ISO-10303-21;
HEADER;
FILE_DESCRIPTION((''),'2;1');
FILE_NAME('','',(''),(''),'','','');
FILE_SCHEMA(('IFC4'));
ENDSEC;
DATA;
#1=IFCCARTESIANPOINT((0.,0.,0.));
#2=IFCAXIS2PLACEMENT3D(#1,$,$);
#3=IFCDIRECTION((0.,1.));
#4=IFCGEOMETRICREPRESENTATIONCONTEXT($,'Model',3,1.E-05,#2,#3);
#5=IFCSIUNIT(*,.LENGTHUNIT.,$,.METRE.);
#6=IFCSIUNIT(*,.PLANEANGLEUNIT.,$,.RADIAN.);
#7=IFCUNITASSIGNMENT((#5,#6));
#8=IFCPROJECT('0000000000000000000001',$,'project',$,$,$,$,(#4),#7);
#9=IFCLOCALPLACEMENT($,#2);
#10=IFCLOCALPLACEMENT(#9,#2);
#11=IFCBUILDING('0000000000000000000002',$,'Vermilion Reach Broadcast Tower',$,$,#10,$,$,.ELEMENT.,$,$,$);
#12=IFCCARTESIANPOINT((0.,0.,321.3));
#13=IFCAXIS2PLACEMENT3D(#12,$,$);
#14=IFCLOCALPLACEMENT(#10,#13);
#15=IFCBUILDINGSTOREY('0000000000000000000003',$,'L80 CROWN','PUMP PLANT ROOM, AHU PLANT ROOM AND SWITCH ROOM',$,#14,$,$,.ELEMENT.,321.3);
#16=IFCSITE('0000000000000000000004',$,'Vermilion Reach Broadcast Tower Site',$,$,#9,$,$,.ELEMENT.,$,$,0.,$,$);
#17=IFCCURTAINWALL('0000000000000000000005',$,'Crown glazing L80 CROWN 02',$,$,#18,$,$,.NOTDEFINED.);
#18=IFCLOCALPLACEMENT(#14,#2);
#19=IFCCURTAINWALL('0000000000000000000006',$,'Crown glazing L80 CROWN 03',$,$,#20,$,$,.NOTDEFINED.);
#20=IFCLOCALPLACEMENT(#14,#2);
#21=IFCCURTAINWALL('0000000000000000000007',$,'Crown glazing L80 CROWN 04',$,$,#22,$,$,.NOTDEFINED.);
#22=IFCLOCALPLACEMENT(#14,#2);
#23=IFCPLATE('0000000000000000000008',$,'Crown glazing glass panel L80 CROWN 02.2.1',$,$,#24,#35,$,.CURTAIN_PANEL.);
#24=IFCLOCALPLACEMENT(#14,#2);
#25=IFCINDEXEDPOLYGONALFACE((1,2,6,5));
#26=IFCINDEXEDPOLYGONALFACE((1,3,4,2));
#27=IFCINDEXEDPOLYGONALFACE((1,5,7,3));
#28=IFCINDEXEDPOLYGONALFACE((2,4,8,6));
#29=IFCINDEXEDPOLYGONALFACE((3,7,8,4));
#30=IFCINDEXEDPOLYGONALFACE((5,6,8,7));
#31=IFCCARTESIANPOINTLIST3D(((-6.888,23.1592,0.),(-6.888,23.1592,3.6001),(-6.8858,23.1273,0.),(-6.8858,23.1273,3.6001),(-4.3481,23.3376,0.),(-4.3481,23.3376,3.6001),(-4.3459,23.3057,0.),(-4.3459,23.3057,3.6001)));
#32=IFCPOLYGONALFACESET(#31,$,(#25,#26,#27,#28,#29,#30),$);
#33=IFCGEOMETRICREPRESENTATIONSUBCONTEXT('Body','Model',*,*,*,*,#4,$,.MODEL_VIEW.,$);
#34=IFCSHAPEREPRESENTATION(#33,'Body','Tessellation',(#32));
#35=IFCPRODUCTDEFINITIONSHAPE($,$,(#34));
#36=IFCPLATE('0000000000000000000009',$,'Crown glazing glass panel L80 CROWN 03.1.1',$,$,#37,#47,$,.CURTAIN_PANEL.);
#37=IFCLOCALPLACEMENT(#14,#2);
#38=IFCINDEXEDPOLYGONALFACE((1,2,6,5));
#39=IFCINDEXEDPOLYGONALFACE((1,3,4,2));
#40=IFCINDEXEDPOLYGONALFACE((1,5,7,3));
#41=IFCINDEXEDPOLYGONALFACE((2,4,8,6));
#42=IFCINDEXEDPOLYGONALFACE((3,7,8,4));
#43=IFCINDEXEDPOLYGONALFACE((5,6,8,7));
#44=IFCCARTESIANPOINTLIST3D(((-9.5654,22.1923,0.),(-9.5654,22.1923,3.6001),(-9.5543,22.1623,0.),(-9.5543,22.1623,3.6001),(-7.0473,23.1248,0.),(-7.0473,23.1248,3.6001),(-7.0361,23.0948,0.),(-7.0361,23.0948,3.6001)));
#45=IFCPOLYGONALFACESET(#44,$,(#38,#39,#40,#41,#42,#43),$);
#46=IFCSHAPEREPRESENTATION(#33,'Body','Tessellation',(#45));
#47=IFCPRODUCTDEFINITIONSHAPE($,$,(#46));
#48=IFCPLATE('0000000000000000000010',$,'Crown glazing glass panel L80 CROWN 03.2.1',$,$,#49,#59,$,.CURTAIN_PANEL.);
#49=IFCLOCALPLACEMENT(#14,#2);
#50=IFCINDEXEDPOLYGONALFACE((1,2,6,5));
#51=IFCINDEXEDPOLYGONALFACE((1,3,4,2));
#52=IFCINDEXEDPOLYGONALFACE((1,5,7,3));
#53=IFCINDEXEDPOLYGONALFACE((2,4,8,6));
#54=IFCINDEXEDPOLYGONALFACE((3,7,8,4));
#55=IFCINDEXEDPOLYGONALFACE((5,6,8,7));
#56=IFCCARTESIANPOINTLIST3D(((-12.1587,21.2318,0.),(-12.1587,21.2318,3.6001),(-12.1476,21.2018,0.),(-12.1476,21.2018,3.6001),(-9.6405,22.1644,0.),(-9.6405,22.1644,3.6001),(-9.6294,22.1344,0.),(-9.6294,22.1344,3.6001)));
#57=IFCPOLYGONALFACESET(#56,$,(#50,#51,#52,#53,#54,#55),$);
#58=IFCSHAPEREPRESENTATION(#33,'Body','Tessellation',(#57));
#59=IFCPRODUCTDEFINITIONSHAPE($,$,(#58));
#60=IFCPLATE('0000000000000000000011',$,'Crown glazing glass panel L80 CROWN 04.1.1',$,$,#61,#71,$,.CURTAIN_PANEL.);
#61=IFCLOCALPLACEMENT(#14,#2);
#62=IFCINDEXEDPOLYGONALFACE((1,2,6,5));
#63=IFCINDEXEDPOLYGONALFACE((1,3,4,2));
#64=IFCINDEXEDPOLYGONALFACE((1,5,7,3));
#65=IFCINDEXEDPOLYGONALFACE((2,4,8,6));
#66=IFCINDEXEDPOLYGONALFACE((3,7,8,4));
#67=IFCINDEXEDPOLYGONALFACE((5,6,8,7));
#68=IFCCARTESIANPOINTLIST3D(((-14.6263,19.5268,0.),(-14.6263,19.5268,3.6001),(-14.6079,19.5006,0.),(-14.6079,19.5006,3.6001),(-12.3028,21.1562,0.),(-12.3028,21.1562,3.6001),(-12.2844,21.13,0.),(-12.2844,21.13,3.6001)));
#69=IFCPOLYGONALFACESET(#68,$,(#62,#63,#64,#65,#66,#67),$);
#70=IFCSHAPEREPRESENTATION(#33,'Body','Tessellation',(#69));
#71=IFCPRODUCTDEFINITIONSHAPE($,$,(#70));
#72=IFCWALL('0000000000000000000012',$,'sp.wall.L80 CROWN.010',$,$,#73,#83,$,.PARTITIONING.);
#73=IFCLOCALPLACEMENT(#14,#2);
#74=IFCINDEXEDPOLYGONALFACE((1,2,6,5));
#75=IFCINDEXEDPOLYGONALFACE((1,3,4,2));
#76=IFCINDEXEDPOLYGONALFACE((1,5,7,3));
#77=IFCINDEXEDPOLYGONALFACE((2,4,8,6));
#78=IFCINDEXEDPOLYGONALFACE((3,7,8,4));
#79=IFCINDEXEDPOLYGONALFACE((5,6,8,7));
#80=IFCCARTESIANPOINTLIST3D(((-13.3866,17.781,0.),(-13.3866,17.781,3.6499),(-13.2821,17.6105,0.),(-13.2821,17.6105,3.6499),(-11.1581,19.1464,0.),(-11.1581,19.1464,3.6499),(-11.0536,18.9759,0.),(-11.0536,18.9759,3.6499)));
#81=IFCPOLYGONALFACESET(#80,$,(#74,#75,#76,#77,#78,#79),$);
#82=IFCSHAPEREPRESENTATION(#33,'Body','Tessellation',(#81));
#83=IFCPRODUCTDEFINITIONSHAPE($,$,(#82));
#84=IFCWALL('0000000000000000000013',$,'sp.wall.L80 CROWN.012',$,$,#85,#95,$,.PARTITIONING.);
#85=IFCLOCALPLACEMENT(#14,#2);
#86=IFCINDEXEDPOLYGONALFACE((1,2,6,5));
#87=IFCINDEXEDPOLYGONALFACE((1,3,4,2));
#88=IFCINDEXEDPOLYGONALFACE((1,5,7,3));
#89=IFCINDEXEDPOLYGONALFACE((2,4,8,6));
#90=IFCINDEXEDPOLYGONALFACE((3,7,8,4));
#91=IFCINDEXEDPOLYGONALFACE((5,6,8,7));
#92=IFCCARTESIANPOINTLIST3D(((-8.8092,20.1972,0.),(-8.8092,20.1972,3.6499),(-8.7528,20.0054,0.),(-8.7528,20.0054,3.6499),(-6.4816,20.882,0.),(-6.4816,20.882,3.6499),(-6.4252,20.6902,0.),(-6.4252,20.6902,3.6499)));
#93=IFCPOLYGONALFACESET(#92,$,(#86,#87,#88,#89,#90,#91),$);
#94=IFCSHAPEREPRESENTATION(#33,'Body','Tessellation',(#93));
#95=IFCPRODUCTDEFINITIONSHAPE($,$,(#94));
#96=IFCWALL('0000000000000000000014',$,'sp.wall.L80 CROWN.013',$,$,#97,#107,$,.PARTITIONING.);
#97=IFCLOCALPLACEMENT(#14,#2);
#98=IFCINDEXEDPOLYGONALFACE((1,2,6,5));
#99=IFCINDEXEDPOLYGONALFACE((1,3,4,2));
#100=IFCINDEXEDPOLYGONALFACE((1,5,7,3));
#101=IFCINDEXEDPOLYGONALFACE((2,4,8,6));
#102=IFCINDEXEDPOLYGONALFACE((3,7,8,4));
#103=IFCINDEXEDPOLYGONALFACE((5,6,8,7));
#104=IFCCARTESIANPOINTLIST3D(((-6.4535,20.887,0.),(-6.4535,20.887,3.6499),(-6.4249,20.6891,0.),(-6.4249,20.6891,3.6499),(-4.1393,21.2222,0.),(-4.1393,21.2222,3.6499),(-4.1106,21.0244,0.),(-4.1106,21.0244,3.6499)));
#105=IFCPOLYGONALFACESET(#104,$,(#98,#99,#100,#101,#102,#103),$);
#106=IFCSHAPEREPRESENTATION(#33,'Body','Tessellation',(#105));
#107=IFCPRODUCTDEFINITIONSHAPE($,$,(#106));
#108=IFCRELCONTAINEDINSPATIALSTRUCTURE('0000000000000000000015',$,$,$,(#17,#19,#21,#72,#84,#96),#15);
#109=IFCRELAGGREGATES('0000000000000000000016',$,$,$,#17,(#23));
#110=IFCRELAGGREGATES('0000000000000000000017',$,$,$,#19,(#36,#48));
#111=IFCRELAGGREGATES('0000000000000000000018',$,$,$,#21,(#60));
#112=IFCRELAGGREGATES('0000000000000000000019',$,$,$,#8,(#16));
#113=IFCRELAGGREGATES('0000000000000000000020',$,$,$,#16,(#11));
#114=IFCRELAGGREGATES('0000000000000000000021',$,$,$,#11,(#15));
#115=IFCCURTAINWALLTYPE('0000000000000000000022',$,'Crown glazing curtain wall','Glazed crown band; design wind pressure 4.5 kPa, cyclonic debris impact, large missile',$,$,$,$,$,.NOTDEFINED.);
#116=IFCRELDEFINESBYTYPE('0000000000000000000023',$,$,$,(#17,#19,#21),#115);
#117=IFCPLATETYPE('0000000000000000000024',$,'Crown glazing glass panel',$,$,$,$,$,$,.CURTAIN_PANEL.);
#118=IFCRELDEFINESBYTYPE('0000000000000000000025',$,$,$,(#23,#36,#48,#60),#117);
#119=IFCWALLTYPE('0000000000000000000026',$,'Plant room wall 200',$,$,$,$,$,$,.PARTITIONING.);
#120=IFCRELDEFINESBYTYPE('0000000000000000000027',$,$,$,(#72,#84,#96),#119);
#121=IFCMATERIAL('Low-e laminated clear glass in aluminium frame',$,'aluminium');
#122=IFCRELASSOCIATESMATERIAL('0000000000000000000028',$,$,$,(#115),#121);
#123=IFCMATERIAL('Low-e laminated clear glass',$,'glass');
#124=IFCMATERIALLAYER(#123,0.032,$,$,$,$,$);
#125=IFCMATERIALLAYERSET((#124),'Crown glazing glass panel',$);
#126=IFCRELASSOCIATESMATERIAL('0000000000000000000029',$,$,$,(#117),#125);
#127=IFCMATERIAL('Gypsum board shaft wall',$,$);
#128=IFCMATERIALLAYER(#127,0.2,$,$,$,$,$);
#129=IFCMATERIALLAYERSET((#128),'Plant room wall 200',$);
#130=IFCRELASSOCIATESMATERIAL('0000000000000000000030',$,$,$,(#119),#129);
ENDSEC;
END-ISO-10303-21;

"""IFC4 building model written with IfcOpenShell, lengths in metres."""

from ifc_helpers import new_model, si_unit, direction, frame, frame_2d, origin, origin_2d, place, context, subcontext, project, spatial, rectangle, extrude, material, layer, layer_set, type_object, element, aggregate, save


model = new_model("IFC4")

# Units and contexts
model_context = context("Model", 3, precision=1e-05, world=origin(), true_north=direction((0.0, 1.0)))
body_context = subcontext(model_context, "Body", "Model", "MODEL_VIEW")
ifc_project = project(units=[si_unit("LENGTHUNIT", "METRE"), si_unit("PLANEANGLEUNIT", "RADIAN")], contexts=[model_context])

# Site, building, storey
site_placement = place(None, origin())
site = spatial("IfcSite", under=ifc_project, at=site_placement, Name="Vermilion Reach Broadcast Tower Site", CompositionType="ELEMENT", RefElevation=0.0)
building_placement = place(site_placement, origin())
building = spatial("IfcBuilding", under=site, at=building_placement, Name="Vermilion Reach Broadcast Tower", CompositionType="ELEMENT")
storey_placement = place(building_placement, frame((0.0, 0.0, 321.3)))
storey = spatial("IfcBuildingStorey", under=building, at=storey_placement, Name="L80 CROWN", Description="PUMP PLANT ROOM, AHU PLANT ROOM AND SWITCH ROOM", CompositionType="ELEMENT", Elevation=321.3)

# Curtain wall
ifc_material_1 = material(Name="Low-e laminated clear glass in aluminium frame", Category="aluminium")
curtain_wall_type = type_object("IfcCurtainWallType", Name="Crown glazing curtain wall", Description="Glazed crown band; design wind pressure 4.5 kPa, cyclonic debris impact, large missile", PredefinedType="NOTDEFINED", material=ifc_material_1)
placement = place(storey_placement, origin())
curtain_wall_1 = element("IfcCurtainWall", 1, at=placement, inside=storey, type_object=curtain_wall_type, Name="Crown glazing L80 CROWN 02", PredefinedType="NOTDEFINED")

# Curtain walls
curtain_wall_2 = element("IfcCurtainWall", 2, at=placement, inside=storey, type_object=curtain_wall_type, Name="Crown glazing L80 CROWN 03", PredefinedType="NOTDEFINED")
curtain_wall_3 = element("IfcCurtainWall", 3, at=placement, inside=storey, type_object=curtain_wall_type, Name="Crown glazing L80 CROWN 04", PredefinedType="NOTDEFINED")

# Plates
ifc_material_2 = material(Name="Low-e laminated clear glass", Category="glass")
ifc_layer_1 = layer(ifc_material_2, 0.032)
ifc_layer_set_1 = layer_set([ifc_layer_1], Name="Crown glazing glass panel")
plate_type = type_object("IfcPlateType", Name="Crown glazing glass panel", PredefinedType="CURTAIN_PANEL", material=ifc_layer_set_1)
plate_1_placement = place(storey_placement, frame((-5.6169, 23.2324, 0.0), z_axis=(0.0, 0.0, 1.0), x_axis=(-0.997541, -0.070082, 0.0)))
plate_1 = element("IfcPlate", 4, at=plate_1_placement, type_object=plate_type, Name="Crown glazing glass panel L80 CROWN 02.2.1", PredefinedType="CURTAIN_PANEL", context=body_context, shape_type="SweptSolid", body=[
    extrude(rectangle(XDim=2.5461, YDim=0.032, at=origin_2d()), origin(), (0.0, 0.0, 1.0), 3.6001),
])
aggregate(curtain_wall_1, [plate_1])
plate_2_placement = place(storey_placement, frame((-8.3008, 22.6436, 0.0), z_axis=(0.0, 0.0, 1.0), x_axis=(-0.937757, -0.347291, 0.0)))
plate_2 = element("IfcPlate", 5, at=plate_2_placement, type_object=plate_type, Name="Crown glazing glass panel L80 CROWN 03.1.1", PredefinedType="CURTAIN_PANEL", context=body_context, shape_type="SweptSolid", body=[
    extrude(rectangle(XDim=2.6853, YDim=0.032, at=origin_2d()), origin(), (0.0, 0.0, 1.0), 3.6001),
])
plate_3_placement = place(storey_placement, frame((-10.894, 21.6831, 0.0), z_axis=(0.0, 0.0, 1.0), x_axis=(-0.937757, -0.347291, 0.0)))
plate_3 = element("IfcPlate", 6, at=plate_3_placement, type_object=plate_type, Name="Crown glazing glass panel L80 CROWN 03.2.1", PredefinedType="CURTAIN_PANEL", context=body_context, shape_type="SweptSolid", body=[
    extrude(rectangle(XDim=2.6853, YDim=0.032, at=origin_2d()), origin(), (0.0, 0.0, 1.0), 3.6001),
])
aggregate(curtain_wall_2, [plate_2, plate_3])
plate_4_placement = place(storey_placement, frame((-13.4553, 20.3284, 0.0), z_axis=(0.0, 0.0, 1.0), x_axis=(-0.81874, -0.574164, 0.0)))
plate_4 = element("IfcPlate", 7, at=plate_4_placement, type_object=plate_type, Name="Crown glazing glass panel L80 CROWN 04.1.1", PredefinedType="CURTAIN_PANEL", context=body_context, shape_type="SweptSolid", body=[
    extrude(rectangle(XDim=2.8379, YDim=0.032, at=origin_2d()), origin(), (0.0, 0.0, 1.0), 3.6001),
])
aggregate(curtain_wall_3, [plate_4])

# Wall
ifc_material_3 = material(Name="Gypsum board shaft wall")
ifc_layer_2 = layer(ifc_material_3, 0.2)
ifc_layer_set_2 = layer_set([ifc_layer_2], Name="Plant room wall 200")
wall_type = type_object("IfcWallType", Name="Plant room wall 200", PredefinedType="PARTITIONING", material=ifc_layer_set_2)
wall_1_placement = place(storey_placement, frame((-13.3342, 17.6958, 0.0), z_axis=(0.0, 0.0, 1.0), x_axis=(0.852667, 0.522455, 0.0)))
element("IfcWall", 8, at=wall_1_placement, inside=storey, type_object=wall_type, Name="sp.wall.L80 CROWN.010", PredefinedType="PARTITIONING", context=body_context, shape_type="SweptSolid", body=[
    extrude(rectangle(XDim=2.6135, YDim=0.2, at=frame_2d((1.3066, 0.0))), origin(), (0.0, 0.0, 1.0), 3.6499),
])

# Walls
wall_2_placement = place(storey_placement, frame((-8.781, 20.1013, 0.0), z_axis=(0.0, 0.0, 1.0), x_axis=(0.959341, 0.282248, 0.0)))
element("IfcWall", 9, at=wall_2_placement, inside=storey, type_object=wall_type, Name="sp.wall.L80 CROWN.012", PredefinedType="PARTITIONING", context=body_context, shape_type="SweptSolid", body=[
    extrude(rectangle(XDim=2.4263, YDim=0.2, at=frame_2d((1.2131, 0.0))), origin(), (0.0, 0.0, 1.0), 3.6499),
])
wall_3_placement = place(storey_placement, frame((-6.4392, 20.7881, 0.0), z_axis=(0.0, 0.0, 1.0), x_axis=(0.989672, 0.143351, 0.0)))
element("IfcWall", 10, at=wall_3_placement, inside=storey, type_object=wall_type, Name="sp.wall.L80 CROWN.013", PredefinedType="PARTITIONING", context=body_context, shape_type="SweptSolid", body=[
    extrude(rectangle(XDim=2.3384, YDim=0.2, at=frame_2d((1.1692, 0.0))), origin(), (0.0, 0.0, 1.0), 3.6499),
])

save(model, "model.ifc")
